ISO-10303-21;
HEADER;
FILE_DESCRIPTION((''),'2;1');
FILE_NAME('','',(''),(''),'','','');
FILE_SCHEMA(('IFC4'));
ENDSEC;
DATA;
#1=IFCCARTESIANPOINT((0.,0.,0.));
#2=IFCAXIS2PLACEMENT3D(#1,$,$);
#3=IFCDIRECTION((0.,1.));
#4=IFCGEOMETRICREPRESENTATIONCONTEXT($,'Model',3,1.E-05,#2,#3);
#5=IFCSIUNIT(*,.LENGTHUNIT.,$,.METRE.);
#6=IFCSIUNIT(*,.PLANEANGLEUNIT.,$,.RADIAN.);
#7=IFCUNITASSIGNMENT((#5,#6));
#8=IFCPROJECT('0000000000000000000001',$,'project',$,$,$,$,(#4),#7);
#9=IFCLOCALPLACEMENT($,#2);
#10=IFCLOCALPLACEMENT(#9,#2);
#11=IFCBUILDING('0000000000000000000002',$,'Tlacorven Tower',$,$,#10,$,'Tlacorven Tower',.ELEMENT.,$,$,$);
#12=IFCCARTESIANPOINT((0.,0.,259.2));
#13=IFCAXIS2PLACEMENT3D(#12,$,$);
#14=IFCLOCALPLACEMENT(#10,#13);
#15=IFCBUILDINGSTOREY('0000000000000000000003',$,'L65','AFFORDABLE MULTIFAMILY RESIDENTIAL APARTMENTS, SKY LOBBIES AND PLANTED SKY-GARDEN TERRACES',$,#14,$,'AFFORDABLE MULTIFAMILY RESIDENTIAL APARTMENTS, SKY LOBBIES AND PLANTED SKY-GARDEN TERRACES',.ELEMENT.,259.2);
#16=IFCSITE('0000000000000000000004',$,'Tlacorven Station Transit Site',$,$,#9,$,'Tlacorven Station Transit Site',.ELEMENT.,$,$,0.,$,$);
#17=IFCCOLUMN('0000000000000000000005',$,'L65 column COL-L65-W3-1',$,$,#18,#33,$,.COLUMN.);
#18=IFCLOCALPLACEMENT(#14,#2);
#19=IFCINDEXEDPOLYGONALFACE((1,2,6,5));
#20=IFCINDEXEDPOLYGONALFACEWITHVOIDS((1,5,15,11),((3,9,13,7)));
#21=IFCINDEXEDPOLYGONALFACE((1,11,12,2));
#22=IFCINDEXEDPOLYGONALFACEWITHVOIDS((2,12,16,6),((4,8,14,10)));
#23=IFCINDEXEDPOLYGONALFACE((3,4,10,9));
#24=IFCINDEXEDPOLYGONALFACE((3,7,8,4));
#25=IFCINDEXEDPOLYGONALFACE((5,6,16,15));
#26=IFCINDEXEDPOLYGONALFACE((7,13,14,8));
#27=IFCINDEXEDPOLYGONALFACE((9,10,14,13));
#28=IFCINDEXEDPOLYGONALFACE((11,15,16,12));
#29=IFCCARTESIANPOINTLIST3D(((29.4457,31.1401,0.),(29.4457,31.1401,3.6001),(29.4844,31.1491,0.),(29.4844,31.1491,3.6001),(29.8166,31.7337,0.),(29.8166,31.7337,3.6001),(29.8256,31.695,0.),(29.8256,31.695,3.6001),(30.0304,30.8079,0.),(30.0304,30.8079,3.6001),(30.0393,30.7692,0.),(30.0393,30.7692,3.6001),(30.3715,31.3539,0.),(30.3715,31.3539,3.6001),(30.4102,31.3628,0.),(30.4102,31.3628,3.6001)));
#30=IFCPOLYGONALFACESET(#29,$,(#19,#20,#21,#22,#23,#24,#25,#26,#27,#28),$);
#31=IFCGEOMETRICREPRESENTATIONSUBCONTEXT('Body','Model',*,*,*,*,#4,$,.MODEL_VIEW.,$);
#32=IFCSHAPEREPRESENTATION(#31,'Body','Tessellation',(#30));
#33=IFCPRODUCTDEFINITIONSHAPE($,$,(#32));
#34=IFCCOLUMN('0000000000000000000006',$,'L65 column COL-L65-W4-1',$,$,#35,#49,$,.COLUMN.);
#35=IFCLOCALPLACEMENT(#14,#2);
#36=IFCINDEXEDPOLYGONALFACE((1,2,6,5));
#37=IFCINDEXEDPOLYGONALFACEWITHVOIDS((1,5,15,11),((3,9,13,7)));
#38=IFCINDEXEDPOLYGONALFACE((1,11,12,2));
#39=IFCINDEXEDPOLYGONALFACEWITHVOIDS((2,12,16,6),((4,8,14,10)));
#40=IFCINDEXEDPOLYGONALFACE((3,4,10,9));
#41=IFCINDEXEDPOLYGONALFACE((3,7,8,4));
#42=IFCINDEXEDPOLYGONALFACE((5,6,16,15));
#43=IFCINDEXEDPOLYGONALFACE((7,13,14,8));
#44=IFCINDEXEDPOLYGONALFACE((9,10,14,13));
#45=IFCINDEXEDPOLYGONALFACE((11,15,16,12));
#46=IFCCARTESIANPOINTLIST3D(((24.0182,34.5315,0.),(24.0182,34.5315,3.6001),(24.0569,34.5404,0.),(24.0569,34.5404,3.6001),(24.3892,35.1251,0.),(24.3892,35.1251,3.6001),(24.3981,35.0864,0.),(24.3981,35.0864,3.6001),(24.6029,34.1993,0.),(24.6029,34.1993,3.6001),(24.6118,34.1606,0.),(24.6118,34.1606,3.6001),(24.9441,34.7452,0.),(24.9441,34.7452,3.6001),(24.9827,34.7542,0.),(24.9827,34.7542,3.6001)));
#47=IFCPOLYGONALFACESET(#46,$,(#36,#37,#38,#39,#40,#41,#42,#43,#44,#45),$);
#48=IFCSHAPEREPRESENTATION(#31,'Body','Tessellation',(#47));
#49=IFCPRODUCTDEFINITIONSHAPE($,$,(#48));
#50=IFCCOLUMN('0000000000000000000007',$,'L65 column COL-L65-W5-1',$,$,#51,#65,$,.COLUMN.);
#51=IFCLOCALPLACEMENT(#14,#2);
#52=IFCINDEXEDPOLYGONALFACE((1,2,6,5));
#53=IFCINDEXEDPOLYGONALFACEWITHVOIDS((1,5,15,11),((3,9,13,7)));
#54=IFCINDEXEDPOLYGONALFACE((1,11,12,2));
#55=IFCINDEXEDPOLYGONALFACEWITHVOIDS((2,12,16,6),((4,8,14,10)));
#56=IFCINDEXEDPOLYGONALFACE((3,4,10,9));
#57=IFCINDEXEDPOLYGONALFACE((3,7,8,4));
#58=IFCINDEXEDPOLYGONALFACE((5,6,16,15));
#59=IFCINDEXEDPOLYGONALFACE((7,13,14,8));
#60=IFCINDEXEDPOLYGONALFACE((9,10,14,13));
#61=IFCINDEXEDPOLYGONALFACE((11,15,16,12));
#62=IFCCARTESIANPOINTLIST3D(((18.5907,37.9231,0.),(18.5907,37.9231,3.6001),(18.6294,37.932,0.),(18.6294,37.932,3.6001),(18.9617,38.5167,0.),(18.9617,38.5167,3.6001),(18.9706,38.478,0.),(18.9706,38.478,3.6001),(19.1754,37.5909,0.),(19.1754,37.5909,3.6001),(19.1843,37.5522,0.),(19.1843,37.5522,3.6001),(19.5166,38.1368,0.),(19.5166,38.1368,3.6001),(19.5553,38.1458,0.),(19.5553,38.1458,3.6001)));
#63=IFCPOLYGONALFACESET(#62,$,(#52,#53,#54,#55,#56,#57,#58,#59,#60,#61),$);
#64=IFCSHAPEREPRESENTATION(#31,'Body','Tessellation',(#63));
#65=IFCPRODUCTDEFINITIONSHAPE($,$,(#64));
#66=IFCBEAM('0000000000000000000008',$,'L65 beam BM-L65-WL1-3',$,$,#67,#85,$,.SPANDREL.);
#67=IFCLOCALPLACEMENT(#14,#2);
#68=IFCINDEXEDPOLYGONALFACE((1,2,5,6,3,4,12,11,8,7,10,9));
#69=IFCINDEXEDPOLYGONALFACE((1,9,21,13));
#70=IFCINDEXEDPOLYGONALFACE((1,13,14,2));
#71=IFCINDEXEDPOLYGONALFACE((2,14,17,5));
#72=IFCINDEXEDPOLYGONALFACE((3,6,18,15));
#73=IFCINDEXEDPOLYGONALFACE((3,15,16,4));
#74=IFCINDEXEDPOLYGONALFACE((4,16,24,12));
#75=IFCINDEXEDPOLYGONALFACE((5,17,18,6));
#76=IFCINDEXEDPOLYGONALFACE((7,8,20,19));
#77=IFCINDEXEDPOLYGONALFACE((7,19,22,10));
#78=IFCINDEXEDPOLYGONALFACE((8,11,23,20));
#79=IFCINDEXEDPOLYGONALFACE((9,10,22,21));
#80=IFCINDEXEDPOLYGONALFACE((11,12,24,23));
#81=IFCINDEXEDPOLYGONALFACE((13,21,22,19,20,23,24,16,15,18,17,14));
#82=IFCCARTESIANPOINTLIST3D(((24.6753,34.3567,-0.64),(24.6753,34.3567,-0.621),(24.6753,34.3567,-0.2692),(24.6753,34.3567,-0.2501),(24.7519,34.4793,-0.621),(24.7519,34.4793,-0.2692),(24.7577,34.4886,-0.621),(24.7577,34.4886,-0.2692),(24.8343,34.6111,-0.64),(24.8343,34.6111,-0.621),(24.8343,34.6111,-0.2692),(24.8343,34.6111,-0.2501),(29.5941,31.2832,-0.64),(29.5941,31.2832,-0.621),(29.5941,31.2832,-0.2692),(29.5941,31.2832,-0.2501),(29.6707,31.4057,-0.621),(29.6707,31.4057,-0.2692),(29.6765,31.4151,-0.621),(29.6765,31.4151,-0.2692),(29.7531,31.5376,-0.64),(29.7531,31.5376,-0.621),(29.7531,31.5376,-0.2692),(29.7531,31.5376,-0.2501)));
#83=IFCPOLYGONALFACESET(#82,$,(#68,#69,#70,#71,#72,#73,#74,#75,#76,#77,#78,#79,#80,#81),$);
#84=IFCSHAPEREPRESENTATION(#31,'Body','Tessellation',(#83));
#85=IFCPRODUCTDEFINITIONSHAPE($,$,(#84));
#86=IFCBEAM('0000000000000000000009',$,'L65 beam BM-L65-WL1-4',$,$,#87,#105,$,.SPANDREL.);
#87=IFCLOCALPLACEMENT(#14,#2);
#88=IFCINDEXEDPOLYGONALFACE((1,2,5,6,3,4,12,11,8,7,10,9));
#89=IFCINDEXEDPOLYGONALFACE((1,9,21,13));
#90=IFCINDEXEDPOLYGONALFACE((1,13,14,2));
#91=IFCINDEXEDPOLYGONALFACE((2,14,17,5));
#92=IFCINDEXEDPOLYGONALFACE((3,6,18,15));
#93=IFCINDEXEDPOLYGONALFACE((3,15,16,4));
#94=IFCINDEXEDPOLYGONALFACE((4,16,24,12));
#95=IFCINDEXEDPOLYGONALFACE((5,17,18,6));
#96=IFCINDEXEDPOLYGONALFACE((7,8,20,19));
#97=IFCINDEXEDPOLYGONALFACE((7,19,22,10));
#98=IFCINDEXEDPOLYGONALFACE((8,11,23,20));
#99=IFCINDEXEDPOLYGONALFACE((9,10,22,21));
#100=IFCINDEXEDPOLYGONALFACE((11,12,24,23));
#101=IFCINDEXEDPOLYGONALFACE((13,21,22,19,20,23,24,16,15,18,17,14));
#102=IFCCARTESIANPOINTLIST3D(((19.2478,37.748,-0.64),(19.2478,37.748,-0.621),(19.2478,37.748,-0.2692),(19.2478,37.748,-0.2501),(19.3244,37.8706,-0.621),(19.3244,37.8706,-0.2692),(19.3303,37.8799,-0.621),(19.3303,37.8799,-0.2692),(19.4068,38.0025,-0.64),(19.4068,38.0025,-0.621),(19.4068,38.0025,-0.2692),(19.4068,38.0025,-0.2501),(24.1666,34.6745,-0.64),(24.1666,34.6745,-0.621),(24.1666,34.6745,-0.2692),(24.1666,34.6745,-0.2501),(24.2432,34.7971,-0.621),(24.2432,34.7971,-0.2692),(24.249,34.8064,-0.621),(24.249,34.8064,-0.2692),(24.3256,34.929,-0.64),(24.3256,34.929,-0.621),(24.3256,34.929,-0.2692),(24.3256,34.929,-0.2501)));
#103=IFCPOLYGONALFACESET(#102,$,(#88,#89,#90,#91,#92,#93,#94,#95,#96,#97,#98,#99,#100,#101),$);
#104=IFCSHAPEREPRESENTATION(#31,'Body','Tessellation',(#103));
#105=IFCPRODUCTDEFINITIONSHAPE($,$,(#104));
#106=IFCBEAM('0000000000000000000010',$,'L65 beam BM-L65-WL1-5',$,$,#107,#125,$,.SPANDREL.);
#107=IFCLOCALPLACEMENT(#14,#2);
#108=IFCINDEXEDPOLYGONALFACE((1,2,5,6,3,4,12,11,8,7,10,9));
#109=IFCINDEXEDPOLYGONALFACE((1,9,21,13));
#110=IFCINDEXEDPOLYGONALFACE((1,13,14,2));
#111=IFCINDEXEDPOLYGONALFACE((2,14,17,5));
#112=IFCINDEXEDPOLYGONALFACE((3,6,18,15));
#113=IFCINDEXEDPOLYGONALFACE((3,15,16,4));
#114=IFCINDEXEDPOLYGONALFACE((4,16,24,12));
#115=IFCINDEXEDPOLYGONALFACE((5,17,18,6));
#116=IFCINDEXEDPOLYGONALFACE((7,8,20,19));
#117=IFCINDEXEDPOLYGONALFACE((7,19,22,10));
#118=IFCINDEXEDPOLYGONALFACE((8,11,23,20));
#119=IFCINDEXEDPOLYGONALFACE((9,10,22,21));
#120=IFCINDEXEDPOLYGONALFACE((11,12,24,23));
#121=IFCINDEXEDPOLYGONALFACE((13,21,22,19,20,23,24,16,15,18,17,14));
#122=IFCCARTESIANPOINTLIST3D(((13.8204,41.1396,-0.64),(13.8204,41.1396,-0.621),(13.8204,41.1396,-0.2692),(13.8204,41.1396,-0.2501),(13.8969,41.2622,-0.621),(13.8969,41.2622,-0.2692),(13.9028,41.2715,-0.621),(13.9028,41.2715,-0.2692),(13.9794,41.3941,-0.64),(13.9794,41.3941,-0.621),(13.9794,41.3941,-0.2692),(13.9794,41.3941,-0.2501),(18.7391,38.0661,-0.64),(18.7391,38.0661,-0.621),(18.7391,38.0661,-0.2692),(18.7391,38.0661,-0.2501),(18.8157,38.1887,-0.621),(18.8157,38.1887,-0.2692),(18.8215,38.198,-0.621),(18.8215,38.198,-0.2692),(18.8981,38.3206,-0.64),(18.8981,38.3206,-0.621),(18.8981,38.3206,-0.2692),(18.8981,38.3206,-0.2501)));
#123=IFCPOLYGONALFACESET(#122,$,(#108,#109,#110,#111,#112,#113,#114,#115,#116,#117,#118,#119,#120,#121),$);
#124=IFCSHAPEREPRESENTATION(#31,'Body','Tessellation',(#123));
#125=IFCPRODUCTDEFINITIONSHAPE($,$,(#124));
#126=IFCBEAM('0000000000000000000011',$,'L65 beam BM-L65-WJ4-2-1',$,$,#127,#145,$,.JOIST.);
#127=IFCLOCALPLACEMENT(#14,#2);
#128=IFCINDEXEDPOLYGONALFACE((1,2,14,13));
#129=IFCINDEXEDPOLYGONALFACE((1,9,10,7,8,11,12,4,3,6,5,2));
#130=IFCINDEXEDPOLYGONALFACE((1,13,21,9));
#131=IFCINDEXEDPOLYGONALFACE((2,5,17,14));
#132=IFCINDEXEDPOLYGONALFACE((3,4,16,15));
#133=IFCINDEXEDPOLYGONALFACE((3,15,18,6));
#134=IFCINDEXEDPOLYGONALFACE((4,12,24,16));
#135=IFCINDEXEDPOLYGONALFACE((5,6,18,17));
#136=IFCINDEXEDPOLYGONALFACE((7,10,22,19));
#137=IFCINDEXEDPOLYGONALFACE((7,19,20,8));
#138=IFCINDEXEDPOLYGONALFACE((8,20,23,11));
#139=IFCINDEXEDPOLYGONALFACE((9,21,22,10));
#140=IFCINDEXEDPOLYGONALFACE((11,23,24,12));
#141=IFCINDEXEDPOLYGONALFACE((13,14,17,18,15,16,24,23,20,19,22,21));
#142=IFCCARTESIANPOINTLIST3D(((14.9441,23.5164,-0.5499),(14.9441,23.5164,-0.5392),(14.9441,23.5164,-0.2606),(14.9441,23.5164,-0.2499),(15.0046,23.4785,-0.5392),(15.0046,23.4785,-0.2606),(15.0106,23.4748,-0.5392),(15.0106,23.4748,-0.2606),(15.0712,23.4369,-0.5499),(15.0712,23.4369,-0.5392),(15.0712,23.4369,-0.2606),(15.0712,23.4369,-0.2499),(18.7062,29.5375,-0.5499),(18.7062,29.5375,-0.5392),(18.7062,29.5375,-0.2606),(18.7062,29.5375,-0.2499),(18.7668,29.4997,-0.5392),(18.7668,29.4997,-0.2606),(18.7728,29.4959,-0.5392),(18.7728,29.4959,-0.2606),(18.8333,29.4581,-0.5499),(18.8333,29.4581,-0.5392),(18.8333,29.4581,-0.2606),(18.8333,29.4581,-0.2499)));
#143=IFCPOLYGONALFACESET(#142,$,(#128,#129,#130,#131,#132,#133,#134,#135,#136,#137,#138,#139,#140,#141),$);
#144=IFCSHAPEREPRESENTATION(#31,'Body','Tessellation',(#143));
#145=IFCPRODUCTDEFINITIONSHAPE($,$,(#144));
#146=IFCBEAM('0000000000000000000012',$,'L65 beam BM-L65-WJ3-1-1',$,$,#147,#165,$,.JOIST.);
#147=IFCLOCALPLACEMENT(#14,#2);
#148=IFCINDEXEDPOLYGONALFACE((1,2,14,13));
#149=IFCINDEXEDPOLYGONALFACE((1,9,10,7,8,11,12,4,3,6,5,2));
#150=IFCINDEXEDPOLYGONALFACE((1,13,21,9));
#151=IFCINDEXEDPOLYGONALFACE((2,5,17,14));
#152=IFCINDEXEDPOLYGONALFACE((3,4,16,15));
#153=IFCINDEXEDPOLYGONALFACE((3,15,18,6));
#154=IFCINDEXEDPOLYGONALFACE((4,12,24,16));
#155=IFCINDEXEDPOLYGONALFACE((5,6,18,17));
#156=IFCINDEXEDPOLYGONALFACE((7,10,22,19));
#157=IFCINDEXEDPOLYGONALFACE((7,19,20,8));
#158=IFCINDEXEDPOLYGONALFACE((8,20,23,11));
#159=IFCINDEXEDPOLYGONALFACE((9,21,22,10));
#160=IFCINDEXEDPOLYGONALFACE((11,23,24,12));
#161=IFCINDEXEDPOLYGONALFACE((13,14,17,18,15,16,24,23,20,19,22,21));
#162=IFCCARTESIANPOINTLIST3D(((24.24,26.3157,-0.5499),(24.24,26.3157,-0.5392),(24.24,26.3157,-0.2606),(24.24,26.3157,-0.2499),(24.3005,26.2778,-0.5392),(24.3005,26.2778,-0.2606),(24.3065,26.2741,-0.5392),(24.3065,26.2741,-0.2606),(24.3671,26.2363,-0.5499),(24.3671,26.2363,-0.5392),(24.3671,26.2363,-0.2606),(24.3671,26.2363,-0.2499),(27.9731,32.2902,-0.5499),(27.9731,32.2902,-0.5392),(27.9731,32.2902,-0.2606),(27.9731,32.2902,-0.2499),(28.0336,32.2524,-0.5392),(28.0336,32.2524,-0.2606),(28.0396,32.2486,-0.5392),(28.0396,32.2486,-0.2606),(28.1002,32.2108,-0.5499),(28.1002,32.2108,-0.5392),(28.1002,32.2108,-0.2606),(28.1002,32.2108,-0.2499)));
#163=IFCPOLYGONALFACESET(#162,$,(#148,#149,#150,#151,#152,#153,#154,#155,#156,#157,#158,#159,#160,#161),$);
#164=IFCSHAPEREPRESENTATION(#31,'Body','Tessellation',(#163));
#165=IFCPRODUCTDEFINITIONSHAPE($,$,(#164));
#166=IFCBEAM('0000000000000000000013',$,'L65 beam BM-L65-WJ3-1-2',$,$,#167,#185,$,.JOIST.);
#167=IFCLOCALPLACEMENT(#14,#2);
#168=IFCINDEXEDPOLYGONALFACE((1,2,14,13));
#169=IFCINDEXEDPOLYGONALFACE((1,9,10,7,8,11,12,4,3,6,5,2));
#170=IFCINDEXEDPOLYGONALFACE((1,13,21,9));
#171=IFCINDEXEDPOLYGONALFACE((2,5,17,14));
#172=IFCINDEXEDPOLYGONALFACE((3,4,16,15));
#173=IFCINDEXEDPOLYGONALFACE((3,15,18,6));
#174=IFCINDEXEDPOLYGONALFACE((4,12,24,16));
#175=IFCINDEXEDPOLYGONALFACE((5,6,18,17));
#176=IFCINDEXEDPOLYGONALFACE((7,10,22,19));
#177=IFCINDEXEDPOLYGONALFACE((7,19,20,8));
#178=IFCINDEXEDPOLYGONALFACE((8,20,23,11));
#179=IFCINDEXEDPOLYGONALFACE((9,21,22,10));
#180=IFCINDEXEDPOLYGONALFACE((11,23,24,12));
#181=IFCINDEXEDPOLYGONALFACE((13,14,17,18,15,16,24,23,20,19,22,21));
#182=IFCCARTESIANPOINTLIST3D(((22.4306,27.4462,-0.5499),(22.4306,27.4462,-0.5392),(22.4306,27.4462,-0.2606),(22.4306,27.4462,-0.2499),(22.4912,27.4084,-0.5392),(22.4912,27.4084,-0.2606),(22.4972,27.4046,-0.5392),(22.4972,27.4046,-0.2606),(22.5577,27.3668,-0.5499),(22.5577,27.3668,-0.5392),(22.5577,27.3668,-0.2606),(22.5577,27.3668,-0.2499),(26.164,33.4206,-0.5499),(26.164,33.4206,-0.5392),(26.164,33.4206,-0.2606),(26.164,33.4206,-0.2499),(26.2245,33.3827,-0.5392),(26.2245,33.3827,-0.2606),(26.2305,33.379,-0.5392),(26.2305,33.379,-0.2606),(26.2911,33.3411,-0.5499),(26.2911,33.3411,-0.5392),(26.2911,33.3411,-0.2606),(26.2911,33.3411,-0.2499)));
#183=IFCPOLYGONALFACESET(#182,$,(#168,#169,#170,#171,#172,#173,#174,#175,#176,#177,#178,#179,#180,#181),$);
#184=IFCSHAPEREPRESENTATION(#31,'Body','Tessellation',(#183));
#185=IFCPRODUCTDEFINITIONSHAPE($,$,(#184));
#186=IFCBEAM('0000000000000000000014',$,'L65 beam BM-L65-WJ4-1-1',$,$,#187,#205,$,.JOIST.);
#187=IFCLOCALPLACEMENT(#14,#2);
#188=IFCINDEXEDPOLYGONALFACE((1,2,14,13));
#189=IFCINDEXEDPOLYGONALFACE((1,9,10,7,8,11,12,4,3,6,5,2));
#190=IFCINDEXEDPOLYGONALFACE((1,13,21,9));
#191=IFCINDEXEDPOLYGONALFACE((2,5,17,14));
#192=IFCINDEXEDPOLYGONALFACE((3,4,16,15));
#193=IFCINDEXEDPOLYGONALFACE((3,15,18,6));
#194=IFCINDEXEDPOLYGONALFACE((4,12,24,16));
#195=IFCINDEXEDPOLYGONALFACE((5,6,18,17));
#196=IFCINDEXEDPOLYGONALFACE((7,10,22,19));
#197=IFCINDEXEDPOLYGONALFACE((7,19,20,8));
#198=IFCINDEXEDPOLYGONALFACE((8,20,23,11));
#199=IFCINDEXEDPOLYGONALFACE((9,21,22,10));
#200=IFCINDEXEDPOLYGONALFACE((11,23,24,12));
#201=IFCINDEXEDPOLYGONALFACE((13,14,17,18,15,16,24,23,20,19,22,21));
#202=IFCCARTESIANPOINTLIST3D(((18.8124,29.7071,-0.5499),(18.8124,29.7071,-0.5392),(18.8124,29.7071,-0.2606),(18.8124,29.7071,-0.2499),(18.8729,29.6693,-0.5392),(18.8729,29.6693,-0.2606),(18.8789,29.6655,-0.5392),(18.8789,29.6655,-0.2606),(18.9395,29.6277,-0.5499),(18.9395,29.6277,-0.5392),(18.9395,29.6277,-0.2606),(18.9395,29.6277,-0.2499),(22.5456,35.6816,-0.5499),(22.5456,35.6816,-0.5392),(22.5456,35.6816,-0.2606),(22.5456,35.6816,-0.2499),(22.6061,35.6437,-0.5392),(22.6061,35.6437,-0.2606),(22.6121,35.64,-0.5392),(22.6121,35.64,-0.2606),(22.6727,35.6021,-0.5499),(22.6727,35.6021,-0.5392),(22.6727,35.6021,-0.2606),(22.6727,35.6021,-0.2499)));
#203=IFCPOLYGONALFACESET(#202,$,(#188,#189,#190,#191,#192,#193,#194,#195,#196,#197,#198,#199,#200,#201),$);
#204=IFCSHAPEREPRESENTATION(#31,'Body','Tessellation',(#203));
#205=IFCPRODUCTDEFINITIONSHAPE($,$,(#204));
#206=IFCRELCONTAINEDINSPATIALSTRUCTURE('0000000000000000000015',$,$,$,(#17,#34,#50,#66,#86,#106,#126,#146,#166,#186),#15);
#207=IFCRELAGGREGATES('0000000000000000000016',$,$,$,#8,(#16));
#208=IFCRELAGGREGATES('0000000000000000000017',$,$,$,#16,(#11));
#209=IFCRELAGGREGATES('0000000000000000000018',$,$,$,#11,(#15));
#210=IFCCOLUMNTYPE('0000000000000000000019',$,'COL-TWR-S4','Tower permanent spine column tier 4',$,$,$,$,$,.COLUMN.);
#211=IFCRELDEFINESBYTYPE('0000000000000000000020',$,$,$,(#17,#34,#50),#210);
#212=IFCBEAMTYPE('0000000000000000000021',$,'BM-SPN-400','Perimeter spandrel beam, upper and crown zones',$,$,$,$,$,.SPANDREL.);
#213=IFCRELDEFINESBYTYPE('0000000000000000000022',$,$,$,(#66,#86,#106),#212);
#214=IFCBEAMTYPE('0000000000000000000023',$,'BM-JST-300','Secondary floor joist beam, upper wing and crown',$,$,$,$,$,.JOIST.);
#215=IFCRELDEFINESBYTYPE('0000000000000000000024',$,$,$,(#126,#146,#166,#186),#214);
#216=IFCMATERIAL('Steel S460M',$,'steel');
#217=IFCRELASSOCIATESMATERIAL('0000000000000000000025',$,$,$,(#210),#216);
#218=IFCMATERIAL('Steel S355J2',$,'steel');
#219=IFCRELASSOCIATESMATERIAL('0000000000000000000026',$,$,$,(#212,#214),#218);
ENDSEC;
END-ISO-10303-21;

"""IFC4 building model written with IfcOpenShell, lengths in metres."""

from ifc_helpers import new_model, si_unit, direction, frame, origin, origin_2d, place, context, subcontext, project, spatial, hollow_rectangle, i_section, extrude, source, transform, mapped, material, material_profile, profile_set, type_object, element, save


model = new_model("IFC4")

# Units and contexts
model_context = context("Model", 3, precision=1e-05, world=origin(), true_north=direction((0.0, 1.0)))
body_context = subcontext(model_context, "Body", "Model", "MODEL_VIEW")
ifc_project = project(units=[si_unit("LENGTHUNIT", "METRE"), si_unit("PLANEANGLEUNIT", "RADIAN")], contexts=[model_context])

# Site, building, storey
site_placement = place(None, origin())
site = spatial("IfcSite", under=ifc_project, at=site_placement, Name="Tlacorven Station Transit Site", LongName="Tlacorven Station Transit Site", CompositionType="ELEMENT", RefElevation=0.0)
building_placement = place(site_placement, origin())
building = spatial("IfcBuilding", under=site, at=building_placement, Name="Tlacorven Tower", LongName="Tlacorven Tower", CompositionType="ELEMENT")
storey_placement = place(building_placement, frame((0.0, 0.0, 259.2)))
storey = spatial("IfcBuildingStorey", under=building, at=storey_placement, Name="L65", Description="AFFORDABLE MULTIFAMILY RESIDENTIAL APARTMENTS, SKY LOBBIES AND PLANTED SKY-GARDEN TERRACES", LongName="AFFORDABLE MULTIFAMILY RESIDENTIAL APARTMENTS, SKY LOBBIES AND PLANTED SKY-GARDEN TERRACES", CompositionType="ELEMENT", Elevation=259.2)

# Columns
ifc_material_1 = material(Name="Steel S460M", Category="steel")
ifc_material_profile_1 = material_profile(ifc_material_1, hollow_rectangle(XDim=0.7, YDim=0.7, WallThickness=0.0281, at=origin_2d()), Name="BOX 700X700X28")
ifc_profile_set_1 = profile_set([ifc_material_profile_1], Name="Steel S460M")
column_type = type_object("IfcColumnType", Name="COL-TWR-S4", Description="Tower permanent spine column tier 4", PredefinedType="COLUMN", material=ifc_profile_set_1)
shared_shape_1 = source(origin(), body_context, "Body", "SweptSolid", [
    extrude(hollow_rectangle(XDim=0.7, YDim=0.7, WallThickness=0.0281, at=origin_2d()), origin(), (0.0, 0.0, 1.0), 3.6001),
])
for number, where, z_axis, x_axis, name in (
    (1, (29.928, 31.2515, 0.0), (0.0, 0.0, 1.0), (-0.848048, 0.529919, 0.0), "L65 column COL-L65-W3-1"),
    (2, (24.5005, 34.6428, 0.0), (0.0, 0.0, 1.0), (-0.848048, 0.529919, 0.0), "L65 column COL-L65-W4-1"),
    (3, (19.073, 38.0344, 0.0), (0.0, 0.0, 1.0), (-0.848048, 0.529919, 0.0), "L65 column COL-L65-W5-1"),
):
    element("IfcColumn", number, at=place(storey_placement, frame(where, z_axis=z_axis, x_axis=x_axis)), inside=storey, type_object=column_type, Name=name, PredefinedType="COLUMN", context=body_context, shape_type="MappedRepresentation", body=[
        mapped(shared_shape_1, transform((0.0, 0.0, 0.0), scale=1.0)),
    ])

# Beams
ifc_material_2 = material(Name="Steel S355J2", Category="steel")
ifc_material_profile_2 = material_profile(ifc_material_2, i_section(OverallWidth=0.3, OverallDepth=0.3899, WebThickness=0.011, FlangeThickness=0.019, at=origin_2d()), Name="HEA 400")
ifc_profile_set_2 = profile_set([ifc_material_profile_2], Name="Steel S355J2")
beam_type_1 = type_object("IfcBeamType", Name="BM-SPN-400", Description="Perimeter spandrel beam, upper and crown zones", PredefinedType="SPANDREL", material=ifc_profile_set_2)
shared_shape_2 = source(origin(), body_context, "Body", "SweptSolid", [
    extrude(i_section(OverallWidth=0.3, OverallDepth=0.3899, WebThickness=0.011, FlangeThickness=0.019, at=origin_2d()), origin(), (0.0, 0.0, 1.0), 5.8),
])
for number, where, z_axis, x_axis, name in (
    (4, (29.6736, 31.4104, -0.4451), (-0.848053, 0.529912, 0.0), (-0.529912, -0.848053, 0.0), "L65 beam BM-L65-WL1-3"),
    (5, (24.2461, 34.8018, -0.4451), (-0.848053, 0.529912, 0.0), (-0.529912, -0.848053, 0.0), "L65 beam BM-L65-WL1-4"),
    (6, (18.8186, 38.1934, -0.4451), (-0.848053, 0.529912, 0.0), (-0.529912, -0.848053, 0.0), "L65 beam BM-L65-WL1-5"),
):
    element("IfcBeam", number, at=place(storey_placement, frame(where, z_axis=z_axis, x_axis=x_axis)), inside=storey, type_object=beam_type_1, Name=name, PredefinedType="SPANDREL", context=body_context, shape_type="MappedRepresentation", body=[
        mapped(shared_shape_2, transform((0.0, 0.0, 0.0), scale=1.0)),
    ])
ifc_material_profile_3 = material_profile(ifc_material_2, i_section(OverallWidth=0.1499, OverallDepth=0.3, WebThickness=0.0071, FlangeThickness=0.0107, at=origin_2d()), Name="IPE 300")
ifc_profile_set_3 = profile_set([ifc_material_profile_3], Name="Steel S355J2")
beam_type_2 = type_object("IfcBeamType", Name="BM-JST-300", Description="Secondary floor joist beam, upper wing and crown", PredefinedType="JOIST", material=ifc_profile_set_3)
shared_shape_3 = source(origin(), body_context, "Body", "SweptSolid", [
    extrude(i_section(OverallWidth=0.1499, OverallDepth=0.3, WebThickness=0.0071, FlangeThickness=0.0107, at=origin_2d()), origin(), (0.0, 0.0, 1.0), 7.0999),
])
beam_1_placement = place(storey_placement, frame((18.7698, 29.4978, -0.3999), z_axis=(-0.529891, -0.848066, 0.0), x_axis=(0.848066, -0.529891, 0.0)))
element("IfcBeam", 7, at=beam_1_placement, inside=storey, type_object=beam_type_2, Name="L65 beam BM-L65-WJ4-2-1", PredefinedType="JOIST", context=body_context, shape_type="MappedRepresentation", body=[
    mapped(shared_shape_3, transform((0.0, 0.0, 0.0), scale=1.0)),
])
shared_shape_4 = source(origin(), body_context, "Body", "SweptSolid", [
    extrude(i_section(OverallWidth=0.1499, OverallDepth=0.3, WebThickness=0.0071, FlangeThickness=0.0107, at=origin_2d()), origin(), (0.0, 0.0, 1.0), 7.0449),
])
for number, where, z_axis, x_axis, name in (
    (8, (28.0366, 32.2505, -0.3999), (-0.529899, -0.848061, 0.0), (0.848061, -0.529899, 0.0), "L65 beam BM-L65-WJ3-1-1"),
    (9, (26.2275, 33.3809, -0.3999), (-0.52994, -0.848035, 0.0), (0.848035, -0.52994, 0.0), "L65 beam BM-L65-WJ3-1-2"),
    (10, (22.6091, 35.6418, -0.3999), (-0.529915, -0.848051, 0.0), (0.848051, -0.529915, 0.0), "L65 beam BM-L65-WJ4-1-1"),
):
    element("IfcBeam", number, at=place(storey_placement, frame(where, z_axis=z_axis, x_axis=x_axis)), inside=storey, type_object=beam_type_2, Name=name, PredefinedType="JOIST", context=body_context, shape_type="MappedRepresentation", body=[
        mapped(shared_shape_4, transform((0.0, 0.0, 0.0), scale=1.0)),
    ])

save(model, "model.ifc")
